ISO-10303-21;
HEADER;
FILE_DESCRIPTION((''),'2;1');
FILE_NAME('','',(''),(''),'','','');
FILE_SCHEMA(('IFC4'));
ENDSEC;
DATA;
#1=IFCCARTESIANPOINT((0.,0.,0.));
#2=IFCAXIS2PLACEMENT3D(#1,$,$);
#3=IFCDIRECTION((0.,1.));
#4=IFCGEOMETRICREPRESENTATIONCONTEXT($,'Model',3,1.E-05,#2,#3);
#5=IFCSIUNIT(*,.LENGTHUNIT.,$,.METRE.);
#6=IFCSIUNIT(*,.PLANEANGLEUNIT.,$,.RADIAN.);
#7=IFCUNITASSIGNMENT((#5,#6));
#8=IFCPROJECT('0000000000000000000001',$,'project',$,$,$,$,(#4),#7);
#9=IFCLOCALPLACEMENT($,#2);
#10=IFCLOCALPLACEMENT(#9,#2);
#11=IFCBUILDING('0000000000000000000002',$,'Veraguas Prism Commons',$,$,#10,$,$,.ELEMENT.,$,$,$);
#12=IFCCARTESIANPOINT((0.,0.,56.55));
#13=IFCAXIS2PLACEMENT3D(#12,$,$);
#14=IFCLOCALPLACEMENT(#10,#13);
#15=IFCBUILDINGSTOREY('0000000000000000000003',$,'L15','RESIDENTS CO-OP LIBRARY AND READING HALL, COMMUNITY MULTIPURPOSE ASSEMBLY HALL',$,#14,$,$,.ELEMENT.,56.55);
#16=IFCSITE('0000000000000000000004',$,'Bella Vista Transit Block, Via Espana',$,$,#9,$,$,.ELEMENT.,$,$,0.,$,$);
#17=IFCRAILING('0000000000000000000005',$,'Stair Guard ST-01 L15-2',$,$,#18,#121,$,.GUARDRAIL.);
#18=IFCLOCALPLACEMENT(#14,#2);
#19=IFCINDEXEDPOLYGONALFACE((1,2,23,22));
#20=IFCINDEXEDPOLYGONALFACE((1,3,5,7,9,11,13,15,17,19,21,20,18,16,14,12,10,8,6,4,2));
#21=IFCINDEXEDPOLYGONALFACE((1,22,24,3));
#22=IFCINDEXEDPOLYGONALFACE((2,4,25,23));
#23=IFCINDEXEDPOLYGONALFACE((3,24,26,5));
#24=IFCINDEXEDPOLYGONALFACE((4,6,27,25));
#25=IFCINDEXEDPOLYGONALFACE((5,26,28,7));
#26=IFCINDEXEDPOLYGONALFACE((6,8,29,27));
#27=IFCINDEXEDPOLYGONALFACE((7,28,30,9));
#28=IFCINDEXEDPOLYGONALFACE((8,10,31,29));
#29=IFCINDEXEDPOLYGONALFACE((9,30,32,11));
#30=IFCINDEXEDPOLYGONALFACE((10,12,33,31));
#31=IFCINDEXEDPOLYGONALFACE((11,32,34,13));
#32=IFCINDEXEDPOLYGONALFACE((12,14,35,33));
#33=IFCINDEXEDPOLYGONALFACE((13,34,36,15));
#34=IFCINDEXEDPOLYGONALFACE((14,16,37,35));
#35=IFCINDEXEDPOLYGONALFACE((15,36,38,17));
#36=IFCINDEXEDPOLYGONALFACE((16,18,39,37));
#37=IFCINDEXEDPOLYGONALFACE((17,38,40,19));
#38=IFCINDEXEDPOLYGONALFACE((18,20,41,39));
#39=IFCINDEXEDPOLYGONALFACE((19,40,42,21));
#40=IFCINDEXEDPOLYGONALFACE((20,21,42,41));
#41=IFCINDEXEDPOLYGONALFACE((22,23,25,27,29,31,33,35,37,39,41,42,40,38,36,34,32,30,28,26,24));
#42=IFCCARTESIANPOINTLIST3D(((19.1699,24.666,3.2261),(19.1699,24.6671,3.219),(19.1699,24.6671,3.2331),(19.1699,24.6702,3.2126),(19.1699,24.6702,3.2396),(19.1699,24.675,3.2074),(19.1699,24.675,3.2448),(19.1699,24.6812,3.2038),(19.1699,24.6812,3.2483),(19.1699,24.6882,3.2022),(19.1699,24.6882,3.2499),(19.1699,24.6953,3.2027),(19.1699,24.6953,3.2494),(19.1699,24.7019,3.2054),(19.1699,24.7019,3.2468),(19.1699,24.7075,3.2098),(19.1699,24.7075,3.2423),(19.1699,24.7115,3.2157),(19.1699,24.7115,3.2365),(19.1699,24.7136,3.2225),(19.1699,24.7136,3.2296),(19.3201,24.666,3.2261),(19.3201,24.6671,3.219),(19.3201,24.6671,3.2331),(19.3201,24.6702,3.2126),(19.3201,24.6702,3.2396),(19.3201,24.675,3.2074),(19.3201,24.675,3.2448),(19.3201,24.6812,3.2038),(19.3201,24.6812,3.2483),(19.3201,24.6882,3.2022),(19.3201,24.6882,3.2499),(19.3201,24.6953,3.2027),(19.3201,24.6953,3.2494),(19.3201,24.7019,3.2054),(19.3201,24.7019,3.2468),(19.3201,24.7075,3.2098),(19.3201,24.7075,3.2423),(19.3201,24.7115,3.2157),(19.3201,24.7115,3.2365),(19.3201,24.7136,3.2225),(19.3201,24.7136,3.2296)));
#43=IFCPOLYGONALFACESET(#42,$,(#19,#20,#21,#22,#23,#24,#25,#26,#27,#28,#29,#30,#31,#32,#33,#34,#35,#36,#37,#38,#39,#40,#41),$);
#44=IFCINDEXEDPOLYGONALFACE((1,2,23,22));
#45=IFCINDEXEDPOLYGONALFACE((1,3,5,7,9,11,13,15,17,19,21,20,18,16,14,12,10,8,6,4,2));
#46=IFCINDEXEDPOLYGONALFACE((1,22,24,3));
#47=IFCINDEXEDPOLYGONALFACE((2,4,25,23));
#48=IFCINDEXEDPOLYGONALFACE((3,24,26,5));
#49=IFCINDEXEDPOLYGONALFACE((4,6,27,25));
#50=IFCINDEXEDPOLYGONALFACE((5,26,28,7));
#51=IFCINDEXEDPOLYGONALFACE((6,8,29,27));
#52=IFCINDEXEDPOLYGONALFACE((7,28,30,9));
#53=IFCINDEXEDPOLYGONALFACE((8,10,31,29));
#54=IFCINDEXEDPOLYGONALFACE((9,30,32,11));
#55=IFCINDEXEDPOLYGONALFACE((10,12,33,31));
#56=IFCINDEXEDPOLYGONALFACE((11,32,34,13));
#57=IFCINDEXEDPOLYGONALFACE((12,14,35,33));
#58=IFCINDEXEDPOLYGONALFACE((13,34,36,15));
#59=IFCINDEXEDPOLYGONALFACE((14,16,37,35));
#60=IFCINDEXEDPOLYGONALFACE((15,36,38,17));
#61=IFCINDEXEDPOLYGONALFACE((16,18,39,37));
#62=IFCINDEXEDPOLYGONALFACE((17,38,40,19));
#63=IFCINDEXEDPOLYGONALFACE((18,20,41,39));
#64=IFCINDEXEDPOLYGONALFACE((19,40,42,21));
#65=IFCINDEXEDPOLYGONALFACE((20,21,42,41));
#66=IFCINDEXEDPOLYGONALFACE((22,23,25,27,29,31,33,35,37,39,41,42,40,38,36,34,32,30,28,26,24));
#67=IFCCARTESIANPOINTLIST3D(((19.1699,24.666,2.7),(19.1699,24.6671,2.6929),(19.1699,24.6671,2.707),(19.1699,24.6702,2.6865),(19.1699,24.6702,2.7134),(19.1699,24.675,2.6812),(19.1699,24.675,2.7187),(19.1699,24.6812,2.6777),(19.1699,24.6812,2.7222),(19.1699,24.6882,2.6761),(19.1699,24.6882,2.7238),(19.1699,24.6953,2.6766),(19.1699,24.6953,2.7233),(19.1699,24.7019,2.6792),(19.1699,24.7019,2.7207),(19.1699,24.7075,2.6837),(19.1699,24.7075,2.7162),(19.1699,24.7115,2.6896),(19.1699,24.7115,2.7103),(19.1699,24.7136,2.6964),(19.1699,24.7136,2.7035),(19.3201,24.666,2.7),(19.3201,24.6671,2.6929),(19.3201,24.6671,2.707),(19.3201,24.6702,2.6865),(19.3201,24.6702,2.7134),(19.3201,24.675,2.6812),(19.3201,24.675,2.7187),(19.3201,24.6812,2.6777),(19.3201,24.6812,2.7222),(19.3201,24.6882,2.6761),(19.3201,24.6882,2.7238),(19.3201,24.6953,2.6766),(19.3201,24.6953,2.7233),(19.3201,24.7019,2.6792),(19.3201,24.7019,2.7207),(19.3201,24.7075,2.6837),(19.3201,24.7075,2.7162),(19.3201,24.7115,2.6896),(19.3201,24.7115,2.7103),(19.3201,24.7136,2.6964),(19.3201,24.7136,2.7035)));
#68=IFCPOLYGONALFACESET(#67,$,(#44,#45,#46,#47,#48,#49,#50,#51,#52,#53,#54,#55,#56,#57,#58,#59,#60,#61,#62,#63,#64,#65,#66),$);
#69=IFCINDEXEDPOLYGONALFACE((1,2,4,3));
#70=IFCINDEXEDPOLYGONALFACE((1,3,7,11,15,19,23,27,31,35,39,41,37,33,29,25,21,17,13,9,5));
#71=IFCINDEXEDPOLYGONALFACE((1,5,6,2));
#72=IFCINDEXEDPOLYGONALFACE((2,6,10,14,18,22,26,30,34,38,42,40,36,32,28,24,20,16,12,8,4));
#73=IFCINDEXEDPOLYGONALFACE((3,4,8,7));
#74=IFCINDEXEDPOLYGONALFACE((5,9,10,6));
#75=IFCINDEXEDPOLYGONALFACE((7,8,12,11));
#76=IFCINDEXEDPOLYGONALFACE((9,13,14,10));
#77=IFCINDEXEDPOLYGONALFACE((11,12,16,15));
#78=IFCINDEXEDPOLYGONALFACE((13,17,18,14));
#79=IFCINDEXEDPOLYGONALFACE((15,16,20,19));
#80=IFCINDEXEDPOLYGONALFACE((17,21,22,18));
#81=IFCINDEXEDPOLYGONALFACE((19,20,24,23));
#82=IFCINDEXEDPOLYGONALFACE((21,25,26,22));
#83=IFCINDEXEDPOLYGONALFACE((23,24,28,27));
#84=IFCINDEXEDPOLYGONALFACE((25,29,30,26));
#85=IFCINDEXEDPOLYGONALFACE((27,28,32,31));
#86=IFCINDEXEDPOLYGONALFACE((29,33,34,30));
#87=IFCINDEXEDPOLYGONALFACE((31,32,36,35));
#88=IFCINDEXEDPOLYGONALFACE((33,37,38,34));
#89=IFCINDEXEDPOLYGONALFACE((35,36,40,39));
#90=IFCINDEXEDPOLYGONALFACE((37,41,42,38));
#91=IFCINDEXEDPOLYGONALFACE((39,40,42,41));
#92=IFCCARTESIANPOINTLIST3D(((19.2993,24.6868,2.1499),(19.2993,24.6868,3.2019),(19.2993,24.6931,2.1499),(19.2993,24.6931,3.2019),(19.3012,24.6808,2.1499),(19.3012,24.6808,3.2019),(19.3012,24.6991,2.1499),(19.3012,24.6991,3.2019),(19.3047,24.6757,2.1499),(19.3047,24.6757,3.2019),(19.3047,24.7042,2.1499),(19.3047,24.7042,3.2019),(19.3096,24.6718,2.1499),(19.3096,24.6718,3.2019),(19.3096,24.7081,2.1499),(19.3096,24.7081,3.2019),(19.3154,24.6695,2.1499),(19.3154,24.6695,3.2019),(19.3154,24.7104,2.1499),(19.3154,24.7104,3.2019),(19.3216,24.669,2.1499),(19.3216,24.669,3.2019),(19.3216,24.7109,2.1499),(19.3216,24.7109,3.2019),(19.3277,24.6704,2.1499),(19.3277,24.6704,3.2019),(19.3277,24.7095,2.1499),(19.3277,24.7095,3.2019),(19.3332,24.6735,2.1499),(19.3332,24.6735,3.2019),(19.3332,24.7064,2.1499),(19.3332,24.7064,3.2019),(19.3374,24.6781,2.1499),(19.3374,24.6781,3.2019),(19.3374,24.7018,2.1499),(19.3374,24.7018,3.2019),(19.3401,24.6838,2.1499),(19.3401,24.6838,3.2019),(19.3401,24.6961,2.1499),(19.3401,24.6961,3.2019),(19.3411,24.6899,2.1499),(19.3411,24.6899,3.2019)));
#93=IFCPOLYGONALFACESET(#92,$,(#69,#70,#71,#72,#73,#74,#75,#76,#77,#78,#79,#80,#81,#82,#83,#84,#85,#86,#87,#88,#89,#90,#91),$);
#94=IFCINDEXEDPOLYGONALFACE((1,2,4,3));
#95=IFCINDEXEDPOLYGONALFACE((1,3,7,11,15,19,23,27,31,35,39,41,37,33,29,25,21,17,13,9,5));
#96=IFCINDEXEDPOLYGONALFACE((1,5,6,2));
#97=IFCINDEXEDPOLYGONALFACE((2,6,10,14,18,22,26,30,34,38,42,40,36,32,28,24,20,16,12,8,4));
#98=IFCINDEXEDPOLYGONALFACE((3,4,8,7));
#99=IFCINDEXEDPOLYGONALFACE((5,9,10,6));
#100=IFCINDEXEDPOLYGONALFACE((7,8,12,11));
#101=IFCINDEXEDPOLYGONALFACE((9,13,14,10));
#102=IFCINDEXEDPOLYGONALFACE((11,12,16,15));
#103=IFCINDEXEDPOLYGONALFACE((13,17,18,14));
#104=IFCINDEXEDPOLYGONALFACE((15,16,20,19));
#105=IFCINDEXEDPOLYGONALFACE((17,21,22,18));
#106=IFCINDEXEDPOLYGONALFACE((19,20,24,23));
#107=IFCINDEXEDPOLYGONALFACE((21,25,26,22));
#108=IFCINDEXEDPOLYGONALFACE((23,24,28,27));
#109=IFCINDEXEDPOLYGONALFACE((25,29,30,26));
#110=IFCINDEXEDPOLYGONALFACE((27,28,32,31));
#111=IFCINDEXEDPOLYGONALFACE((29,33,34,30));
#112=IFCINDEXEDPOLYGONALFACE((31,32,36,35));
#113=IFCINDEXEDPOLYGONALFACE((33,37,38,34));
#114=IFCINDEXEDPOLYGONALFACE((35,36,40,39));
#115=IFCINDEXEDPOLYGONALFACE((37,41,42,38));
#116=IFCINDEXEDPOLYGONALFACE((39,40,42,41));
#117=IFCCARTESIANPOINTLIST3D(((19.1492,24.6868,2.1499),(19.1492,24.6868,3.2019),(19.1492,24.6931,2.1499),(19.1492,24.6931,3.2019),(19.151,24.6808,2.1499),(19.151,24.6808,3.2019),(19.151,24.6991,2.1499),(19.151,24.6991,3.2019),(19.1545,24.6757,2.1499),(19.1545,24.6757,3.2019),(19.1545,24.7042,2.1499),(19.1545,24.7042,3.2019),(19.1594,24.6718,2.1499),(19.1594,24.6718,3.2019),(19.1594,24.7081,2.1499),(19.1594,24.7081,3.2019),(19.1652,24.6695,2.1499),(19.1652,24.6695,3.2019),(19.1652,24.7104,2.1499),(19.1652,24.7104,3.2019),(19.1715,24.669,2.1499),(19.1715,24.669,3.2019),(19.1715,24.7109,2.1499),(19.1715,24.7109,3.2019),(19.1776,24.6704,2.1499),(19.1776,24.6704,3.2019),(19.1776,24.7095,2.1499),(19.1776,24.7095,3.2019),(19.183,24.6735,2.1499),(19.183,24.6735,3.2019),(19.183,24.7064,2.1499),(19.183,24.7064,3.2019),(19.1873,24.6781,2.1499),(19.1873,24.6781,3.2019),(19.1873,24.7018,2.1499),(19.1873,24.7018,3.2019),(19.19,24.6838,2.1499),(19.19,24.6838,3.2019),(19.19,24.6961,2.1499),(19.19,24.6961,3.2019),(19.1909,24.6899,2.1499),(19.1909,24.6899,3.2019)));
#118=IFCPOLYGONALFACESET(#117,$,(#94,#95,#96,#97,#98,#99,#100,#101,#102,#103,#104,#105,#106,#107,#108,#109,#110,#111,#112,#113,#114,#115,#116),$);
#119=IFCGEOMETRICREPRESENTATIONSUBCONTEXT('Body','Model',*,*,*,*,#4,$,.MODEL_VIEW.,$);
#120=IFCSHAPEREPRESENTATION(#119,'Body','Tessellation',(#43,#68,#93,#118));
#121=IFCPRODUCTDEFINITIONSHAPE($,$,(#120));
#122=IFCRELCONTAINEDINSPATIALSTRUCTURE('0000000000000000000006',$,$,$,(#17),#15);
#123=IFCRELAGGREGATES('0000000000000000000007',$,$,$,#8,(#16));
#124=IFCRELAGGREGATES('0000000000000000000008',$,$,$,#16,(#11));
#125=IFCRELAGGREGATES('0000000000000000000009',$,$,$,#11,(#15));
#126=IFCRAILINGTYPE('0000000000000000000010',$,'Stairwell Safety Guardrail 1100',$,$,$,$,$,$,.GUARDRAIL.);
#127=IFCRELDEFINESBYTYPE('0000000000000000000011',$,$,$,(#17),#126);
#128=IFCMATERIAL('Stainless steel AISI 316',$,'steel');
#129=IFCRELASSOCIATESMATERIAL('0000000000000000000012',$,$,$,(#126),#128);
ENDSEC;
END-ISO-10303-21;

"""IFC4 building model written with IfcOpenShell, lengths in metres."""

from ifc_helpers import new_model, si_unit, direction, frame, origin, origin_2d, place, context, subcontext, project, spatial, circle, extrude, material, type_object, element, save


model = new_model("IFC4")

# Units and contexts
model_context = context("Model", 3, precision=1e-05, world=origin(), true_north=direction((0.0, 1.0)))
body_context = subcontext(model_context, "Body", "Model", "MODEL_VIEW")
ifc_project = project(units=[si_unit("LENGTHUNIT", "METRE"), si_unit("PLANEANGLEUNIT", "RADIAN")], contexts=[model_context])

# Site, building, storey
site_placement = place(None, origin())
site = spatial("IfcSite", under=ifc_project, at=site_placement, Name="Bella Vista Transit Block, Via Espana", CompositionType="ELEMENT", RefElevation=0.0)
building_placement = place(site_placement, origin())
building = spatial("IfcBuilding", under=site, at=building_placement, Name="Veraguas Prism Commons", CompositionType="ELEMENT")
storey_placement = place(building_placement, frame((0.0, 0.0, 56.55)))
storey = spatial("IfcBuildingStorey", under=building, at=storey_placement, Name="L15", Description="RESIDENTS CO-OP LIBRARY AND READING HALL, COMMUNITY MULTIPURPOSE ASSEMBLY HALL", CompositionType="ELEMENT", Elevation=56.55)

# Railing
ifc_material_1 = material(Name="Stainless steel AISI 316", Category="steel")
railing_type_1 = type_object("IfcRailingType", Name="Stairwell Safety Guardrail 1100", PredefinedType="GUARDRAIL", material=ifc_material_1)
railing_1_placement = place(storey_placement, frame((19.3201, 24.6899, 2.1499)))
element("IfcRailing", 1, at=railing_1_placement, inside=storey, type_object=railing_type_1, Name="Stair Guard ST-01 L15-2", PredefinedType="GUARDRAIL", context=body_context, shape_type="SweptSolid", body=[
    extrude(circle(Radius=0.0239, at=origin_2d()), frame((0.0, 0.0, 1.0762), z_axis=(-1.0, 0.0, 0.0), x_axis=(0.0, -1.0, 0.0)), (0.0, 0.0, 1.0), 0.1501),
    extrude(circle(Radius=0.0239, at=origin_2d()), frame((0.0, 0.0, 0.55), z_axis=(-1.0, 0.0, 0.0), x_axis=(0.0, -1.0, 0.0)), (0.0, 0.0, 1.0), 0.1501),
    extrude(circle(Radius=0.021, at=origin_2d()), origin(), (0.0, 0.0, 1.0), 1.052),
    extrude(circle(Radius=0.021, at=origin_2d()), frame((-0.1501, 0.0, 0.0)), (0.0, 0.0, 1.0), 1.052),
])

save(model, "model.ifc")
